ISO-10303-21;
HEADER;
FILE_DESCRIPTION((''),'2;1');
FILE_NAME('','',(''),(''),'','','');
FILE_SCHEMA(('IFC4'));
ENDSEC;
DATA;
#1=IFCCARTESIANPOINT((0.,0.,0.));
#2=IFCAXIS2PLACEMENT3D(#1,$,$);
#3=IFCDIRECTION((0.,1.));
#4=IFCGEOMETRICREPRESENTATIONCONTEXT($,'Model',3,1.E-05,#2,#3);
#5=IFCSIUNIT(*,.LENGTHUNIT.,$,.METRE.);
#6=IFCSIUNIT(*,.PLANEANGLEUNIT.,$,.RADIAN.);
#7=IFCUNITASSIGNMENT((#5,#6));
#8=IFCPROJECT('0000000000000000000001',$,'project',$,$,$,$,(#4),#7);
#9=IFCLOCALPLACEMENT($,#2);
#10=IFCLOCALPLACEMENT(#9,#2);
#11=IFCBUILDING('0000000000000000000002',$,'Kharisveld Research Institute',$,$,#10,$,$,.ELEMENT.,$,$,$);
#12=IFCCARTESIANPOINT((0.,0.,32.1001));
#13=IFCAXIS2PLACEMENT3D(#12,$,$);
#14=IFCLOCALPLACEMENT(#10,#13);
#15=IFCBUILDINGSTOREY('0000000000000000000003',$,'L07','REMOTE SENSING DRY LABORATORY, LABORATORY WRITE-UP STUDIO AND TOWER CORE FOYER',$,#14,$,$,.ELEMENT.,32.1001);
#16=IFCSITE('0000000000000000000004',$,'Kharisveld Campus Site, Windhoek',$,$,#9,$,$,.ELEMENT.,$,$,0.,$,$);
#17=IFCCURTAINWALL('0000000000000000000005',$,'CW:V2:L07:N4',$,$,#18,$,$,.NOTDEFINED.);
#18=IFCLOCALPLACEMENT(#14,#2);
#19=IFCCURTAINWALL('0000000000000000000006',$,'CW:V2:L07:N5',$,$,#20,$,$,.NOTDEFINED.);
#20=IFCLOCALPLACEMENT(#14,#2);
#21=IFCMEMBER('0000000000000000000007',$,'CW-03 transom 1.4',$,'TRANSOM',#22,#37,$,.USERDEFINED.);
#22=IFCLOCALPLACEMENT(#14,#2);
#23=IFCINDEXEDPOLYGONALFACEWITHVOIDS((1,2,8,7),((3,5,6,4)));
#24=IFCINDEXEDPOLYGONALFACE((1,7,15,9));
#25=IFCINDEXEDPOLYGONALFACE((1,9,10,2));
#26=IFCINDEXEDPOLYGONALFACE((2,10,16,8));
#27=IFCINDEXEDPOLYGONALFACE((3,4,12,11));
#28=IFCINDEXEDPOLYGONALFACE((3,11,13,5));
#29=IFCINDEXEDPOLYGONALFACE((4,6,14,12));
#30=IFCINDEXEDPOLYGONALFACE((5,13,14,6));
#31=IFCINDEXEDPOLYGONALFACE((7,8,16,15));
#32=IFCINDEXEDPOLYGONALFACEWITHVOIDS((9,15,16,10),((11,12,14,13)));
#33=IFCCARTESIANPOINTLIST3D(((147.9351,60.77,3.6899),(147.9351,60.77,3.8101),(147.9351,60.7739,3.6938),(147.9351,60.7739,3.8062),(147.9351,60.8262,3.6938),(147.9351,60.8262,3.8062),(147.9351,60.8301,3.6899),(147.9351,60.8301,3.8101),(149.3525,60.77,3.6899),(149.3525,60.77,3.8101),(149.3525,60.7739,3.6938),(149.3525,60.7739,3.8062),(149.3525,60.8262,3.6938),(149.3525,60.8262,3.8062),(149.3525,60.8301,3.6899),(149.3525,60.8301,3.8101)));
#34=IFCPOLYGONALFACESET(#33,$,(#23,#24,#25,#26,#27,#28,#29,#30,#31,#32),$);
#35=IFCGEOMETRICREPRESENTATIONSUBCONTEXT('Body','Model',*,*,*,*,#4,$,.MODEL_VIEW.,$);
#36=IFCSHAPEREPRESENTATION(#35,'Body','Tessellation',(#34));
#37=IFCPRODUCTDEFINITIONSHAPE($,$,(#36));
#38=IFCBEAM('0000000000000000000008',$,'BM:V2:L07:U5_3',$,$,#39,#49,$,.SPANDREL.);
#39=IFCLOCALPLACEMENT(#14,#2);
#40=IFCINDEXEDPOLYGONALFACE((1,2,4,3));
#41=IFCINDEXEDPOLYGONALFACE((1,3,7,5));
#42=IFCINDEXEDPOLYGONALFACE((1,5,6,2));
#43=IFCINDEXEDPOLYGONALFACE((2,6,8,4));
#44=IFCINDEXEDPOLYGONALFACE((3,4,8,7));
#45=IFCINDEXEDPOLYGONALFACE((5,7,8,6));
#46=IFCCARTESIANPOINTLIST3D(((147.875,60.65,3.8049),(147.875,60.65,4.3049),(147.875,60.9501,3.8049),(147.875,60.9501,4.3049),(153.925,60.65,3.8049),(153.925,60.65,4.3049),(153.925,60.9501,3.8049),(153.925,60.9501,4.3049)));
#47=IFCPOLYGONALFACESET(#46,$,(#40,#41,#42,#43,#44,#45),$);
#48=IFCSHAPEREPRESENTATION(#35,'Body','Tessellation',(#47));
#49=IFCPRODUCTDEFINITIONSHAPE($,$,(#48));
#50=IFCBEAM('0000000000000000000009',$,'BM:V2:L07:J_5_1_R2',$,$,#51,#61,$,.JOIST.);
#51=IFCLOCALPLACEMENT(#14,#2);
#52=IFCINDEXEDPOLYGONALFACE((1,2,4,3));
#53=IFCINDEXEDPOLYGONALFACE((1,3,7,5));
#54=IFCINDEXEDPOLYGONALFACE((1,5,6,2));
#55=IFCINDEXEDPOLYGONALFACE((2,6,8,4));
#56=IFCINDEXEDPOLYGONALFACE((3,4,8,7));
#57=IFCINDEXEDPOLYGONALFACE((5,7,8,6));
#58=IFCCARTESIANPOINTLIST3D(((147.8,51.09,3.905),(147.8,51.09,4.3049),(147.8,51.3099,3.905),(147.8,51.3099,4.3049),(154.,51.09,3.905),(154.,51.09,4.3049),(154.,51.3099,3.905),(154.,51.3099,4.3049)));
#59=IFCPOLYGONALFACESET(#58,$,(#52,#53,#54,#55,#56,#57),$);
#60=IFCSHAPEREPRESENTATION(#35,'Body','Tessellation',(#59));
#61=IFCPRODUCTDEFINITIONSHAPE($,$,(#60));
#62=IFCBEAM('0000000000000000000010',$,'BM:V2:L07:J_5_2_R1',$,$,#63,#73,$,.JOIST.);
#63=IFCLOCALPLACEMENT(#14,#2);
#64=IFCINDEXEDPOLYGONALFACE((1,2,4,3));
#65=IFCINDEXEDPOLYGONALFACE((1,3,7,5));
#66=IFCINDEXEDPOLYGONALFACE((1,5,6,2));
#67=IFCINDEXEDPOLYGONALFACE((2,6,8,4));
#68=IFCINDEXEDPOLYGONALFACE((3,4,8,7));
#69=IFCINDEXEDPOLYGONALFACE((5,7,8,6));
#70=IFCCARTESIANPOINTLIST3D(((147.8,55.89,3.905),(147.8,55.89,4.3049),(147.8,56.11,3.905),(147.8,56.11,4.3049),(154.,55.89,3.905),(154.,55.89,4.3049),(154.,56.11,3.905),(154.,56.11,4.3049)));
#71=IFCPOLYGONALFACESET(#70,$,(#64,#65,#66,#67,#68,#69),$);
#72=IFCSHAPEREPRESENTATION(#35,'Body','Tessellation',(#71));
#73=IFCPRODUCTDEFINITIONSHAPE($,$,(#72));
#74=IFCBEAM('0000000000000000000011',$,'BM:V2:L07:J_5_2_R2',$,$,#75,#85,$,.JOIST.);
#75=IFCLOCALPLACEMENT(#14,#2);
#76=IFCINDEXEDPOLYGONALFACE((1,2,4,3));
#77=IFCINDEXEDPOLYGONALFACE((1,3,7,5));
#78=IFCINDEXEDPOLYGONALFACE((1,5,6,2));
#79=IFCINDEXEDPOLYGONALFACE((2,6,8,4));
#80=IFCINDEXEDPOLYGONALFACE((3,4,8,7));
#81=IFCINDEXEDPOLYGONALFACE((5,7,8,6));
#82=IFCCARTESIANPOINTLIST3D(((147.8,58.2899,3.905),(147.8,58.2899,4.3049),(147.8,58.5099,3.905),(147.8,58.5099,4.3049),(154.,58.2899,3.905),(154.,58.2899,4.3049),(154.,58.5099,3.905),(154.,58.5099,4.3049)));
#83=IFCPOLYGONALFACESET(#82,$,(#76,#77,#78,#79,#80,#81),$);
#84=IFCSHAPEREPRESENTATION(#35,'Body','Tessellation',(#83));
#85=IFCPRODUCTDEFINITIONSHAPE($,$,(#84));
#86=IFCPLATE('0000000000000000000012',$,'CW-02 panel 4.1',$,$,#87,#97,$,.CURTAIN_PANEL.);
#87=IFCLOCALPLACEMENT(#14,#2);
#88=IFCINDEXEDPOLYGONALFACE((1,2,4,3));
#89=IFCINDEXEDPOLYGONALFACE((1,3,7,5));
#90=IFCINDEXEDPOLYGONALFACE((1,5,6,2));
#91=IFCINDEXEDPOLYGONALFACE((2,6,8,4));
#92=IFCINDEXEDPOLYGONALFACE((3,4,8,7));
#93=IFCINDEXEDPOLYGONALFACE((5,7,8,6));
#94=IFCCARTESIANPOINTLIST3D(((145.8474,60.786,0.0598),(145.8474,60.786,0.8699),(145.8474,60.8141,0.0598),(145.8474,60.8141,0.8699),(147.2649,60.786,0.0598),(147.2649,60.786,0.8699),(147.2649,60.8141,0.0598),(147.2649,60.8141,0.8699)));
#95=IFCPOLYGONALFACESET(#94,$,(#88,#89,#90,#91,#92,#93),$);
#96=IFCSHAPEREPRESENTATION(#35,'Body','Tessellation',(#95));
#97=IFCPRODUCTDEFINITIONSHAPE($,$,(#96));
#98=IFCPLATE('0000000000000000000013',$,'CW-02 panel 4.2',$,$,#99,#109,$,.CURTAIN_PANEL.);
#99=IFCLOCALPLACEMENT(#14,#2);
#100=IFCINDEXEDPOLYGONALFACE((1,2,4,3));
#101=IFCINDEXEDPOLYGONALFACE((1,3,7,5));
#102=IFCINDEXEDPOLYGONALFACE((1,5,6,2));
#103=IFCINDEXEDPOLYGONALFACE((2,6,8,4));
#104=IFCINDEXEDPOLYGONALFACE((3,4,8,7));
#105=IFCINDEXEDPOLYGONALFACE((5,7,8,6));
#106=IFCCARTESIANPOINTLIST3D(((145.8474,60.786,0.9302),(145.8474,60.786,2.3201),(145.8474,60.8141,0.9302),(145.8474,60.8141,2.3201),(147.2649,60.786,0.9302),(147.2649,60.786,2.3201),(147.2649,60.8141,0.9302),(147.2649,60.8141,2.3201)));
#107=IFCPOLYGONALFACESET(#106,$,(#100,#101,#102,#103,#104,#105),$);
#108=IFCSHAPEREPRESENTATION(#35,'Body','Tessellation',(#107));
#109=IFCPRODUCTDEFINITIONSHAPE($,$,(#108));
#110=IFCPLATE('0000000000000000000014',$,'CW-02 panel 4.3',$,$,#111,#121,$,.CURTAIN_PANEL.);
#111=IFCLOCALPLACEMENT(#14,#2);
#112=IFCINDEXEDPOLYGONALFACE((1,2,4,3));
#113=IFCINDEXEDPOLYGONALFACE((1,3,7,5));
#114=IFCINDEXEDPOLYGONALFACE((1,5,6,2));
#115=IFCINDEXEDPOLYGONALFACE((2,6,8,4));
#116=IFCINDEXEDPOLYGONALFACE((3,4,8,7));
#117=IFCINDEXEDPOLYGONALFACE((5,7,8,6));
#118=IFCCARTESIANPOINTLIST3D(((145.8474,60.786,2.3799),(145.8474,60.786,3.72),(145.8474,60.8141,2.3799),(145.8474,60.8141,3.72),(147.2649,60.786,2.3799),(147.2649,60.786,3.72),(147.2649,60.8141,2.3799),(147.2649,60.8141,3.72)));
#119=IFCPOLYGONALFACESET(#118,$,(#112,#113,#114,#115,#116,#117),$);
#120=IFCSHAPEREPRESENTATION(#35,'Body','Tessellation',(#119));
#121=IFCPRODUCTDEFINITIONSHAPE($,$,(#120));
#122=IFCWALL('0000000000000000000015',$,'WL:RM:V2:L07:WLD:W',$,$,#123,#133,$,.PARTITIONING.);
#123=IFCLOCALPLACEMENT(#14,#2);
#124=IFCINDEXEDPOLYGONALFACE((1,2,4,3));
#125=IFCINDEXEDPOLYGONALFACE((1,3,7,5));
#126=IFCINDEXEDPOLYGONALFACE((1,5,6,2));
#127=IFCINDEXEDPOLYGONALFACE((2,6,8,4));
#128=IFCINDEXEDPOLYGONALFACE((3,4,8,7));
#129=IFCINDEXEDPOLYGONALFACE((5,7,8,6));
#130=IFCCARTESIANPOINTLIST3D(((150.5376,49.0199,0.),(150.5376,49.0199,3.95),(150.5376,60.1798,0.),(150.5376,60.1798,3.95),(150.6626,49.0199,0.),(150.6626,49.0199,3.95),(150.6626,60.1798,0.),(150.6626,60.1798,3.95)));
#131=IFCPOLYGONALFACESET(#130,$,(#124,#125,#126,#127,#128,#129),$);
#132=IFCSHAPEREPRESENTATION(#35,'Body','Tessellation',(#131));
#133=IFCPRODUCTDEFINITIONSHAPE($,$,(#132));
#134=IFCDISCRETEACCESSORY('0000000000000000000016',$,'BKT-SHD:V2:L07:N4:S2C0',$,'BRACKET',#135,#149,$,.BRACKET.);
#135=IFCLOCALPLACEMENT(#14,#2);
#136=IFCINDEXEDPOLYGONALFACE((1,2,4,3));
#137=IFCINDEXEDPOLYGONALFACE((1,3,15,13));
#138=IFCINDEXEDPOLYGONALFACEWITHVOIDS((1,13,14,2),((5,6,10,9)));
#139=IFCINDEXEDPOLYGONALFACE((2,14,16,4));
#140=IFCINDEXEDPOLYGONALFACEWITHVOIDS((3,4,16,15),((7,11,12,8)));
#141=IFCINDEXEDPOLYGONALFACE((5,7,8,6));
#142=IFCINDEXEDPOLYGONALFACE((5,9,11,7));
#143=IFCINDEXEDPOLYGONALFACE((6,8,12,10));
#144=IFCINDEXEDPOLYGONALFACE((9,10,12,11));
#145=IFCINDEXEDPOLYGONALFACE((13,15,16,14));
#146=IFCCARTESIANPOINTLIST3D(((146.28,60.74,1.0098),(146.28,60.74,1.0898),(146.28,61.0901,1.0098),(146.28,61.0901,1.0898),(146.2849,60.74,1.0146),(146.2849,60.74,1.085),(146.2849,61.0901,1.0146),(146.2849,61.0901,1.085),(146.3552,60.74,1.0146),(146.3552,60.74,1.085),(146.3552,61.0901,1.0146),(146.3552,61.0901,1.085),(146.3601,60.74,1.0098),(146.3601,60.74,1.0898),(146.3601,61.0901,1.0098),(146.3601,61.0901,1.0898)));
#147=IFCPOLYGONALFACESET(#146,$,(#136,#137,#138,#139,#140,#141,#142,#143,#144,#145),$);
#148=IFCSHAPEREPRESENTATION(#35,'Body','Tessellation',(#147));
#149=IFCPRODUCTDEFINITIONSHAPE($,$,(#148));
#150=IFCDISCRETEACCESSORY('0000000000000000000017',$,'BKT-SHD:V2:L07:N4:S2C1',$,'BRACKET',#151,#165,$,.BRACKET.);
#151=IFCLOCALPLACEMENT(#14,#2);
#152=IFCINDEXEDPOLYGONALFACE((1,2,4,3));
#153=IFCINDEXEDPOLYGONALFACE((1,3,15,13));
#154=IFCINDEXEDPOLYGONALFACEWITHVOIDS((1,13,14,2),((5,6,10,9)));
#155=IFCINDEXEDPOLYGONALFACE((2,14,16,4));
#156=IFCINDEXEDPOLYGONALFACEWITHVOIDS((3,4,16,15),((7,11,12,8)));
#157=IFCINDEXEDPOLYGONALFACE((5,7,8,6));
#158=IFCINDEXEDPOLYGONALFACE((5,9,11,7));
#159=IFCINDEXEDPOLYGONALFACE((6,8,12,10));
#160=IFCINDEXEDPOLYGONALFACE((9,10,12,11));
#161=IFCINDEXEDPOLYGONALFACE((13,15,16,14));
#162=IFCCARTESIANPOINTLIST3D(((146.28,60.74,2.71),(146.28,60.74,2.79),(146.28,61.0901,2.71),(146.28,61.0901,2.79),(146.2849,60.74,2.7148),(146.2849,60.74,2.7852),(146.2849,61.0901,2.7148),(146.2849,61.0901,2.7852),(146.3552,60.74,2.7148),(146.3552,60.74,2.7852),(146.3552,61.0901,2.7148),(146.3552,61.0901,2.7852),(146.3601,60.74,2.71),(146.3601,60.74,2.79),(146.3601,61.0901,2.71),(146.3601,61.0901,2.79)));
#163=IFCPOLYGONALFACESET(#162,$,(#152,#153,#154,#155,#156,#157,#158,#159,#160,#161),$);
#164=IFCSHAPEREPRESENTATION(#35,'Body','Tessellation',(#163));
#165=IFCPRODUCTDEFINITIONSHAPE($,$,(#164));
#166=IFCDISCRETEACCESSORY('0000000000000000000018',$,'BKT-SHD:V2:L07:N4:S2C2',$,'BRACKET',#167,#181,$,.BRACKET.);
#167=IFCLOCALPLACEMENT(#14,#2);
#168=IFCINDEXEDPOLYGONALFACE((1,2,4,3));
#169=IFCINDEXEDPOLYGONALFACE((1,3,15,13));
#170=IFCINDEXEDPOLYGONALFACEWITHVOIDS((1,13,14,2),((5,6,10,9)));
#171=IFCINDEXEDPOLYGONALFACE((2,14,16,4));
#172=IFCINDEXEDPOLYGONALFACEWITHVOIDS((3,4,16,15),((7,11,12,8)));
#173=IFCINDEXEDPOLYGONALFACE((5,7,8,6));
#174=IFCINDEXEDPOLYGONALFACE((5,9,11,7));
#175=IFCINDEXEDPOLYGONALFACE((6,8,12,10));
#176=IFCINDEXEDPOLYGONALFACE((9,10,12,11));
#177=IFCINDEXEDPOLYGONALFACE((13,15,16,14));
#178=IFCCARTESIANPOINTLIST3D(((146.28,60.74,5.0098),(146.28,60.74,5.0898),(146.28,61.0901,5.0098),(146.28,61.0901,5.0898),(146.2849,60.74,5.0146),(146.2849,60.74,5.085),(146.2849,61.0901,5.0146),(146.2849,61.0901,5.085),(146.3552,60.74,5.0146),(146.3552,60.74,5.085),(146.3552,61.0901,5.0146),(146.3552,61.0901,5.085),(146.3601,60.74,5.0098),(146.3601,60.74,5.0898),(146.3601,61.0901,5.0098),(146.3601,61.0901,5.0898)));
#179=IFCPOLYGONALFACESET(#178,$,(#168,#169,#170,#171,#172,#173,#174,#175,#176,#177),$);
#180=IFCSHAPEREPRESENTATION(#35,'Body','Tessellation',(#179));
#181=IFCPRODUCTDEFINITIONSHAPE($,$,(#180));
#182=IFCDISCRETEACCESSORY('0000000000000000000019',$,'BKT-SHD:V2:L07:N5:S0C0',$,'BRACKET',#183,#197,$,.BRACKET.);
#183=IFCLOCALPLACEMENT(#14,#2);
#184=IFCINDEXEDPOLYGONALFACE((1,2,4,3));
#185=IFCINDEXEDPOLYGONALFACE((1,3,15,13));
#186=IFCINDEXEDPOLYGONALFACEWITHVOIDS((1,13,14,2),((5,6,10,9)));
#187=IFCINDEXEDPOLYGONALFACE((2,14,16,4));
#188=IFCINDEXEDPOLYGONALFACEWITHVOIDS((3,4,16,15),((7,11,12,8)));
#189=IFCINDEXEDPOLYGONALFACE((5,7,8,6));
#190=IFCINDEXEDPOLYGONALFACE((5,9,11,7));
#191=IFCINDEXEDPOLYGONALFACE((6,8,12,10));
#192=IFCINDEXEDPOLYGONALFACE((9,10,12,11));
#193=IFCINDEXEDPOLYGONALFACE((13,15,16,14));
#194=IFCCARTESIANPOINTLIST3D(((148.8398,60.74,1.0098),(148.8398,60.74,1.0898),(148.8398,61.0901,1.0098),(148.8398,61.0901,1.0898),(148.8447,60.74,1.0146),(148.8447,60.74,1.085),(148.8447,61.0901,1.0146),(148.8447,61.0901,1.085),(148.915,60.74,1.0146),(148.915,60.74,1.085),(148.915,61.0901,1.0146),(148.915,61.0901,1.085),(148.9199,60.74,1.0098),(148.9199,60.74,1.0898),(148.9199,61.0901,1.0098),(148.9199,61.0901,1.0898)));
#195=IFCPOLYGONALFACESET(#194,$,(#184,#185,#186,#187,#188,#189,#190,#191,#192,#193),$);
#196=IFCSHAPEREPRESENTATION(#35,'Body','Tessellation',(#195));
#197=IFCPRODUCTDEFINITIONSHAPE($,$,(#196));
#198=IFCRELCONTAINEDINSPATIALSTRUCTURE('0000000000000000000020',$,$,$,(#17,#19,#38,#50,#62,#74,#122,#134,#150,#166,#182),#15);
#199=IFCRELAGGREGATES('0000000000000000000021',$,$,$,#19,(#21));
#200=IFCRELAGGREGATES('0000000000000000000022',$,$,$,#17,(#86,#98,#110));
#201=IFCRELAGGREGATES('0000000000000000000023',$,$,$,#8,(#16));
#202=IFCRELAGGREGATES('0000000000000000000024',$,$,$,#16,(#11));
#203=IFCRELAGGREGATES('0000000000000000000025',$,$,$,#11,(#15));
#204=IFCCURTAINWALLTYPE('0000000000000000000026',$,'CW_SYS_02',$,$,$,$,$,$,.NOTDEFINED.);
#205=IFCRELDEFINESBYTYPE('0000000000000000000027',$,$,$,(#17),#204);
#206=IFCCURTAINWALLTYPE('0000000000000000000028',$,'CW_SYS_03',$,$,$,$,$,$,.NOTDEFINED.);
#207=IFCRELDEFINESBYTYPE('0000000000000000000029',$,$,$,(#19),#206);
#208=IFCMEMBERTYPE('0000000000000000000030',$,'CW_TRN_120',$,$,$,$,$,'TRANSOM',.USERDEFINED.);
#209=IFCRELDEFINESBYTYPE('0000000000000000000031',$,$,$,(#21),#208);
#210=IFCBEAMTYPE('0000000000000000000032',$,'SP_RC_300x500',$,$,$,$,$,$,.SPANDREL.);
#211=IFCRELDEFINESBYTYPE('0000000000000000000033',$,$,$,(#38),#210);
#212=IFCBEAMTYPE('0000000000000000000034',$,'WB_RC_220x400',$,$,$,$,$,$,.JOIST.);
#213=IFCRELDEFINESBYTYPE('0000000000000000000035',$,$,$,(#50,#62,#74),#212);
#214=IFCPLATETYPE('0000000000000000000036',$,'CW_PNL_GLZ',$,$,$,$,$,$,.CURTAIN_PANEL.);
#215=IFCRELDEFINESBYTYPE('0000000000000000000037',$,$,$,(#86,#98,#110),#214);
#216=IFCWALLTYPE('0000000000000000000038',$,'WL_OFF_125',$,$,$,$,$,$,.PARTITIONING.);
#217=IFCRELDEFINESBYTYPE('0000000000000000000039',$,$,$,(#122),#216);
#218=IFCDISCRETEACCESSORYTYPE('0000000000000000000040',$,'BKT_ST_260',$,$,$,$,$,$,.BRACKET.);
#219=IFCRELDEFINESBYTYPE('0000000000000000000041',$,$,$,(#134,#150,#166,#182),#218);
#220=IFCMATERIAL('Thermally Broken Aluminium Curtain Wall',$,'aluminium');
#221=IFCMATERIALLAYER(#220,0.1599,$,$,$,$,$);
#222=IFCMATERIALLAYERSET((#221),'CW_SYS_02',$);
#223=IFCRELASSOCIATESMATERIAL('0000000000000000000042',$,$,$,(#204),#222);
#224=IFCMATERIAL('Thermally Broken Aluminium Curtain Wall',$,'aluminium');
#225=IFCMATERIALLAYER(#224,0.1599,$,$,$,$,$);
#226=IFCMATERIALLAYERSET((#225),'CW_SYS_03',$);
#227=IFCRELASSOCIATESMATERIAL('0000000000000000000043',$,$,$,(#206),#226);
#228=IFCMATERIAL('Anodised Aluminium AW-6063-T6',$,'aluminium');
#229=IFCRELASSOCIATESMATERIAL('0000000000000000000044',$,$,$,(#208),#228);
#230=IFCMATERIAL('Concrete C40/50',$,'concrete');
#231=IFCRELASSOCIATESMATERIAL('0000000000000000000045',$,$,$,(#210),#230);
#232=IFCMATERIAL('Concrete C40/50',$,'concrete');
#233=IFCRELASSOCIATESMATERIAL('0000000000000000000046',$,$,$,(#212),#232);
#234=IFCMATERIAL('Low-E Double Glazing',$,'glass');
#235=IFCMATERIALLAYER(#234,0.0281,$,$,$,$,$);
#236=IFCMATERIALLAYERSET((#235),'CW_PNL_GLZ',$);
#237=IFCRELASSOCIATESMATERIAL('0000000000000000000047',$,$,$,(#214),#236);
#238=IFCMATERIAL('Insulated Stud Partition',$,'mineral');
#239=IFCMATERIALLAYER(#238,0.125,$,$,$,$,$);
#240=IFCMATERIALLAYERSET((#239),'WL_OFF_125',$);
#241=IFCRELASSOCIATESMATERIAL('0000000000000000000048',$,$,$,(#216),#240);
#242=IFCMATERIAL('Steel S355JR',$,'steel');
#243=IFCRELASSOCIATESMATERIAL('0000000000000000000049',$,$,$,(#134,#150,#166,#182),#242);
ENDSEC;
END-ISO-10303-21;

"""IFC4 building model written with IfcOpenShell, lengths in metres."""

from ifc_helpers import new_model, si_unit, direction, frame, frame_2d, origin, origin_2d, place, context, subcontext, project, spatial, rectangle, hollow_rectangle, extrude, material, layer, layer_set, material_profile, profile_set, type_object, element, aggregate, save


model = new_model("IFC4")

# Units and contexts
model_context = context("Model", 3, precision=1e-05, world=origin(), true_north=direction((0.0, 1.0)))
body_context = subcontext(model_context, "Body", "Model", "MODEL_VIEW")
ifc_project = project(units=[si_unit("LENGTHUNIT", "METRE"), si_unit("PLANEANGLEUNIT", "RADIAN")], contexts=[model_context])

# Site, building, storey
site_placement = place(None, origin())
site = spatial("IfcSite", under=ifc_project, at=site_placement, Name="Kharisveld Campus Site, Windhoek", CompositionType="ELEMENT", RefElevation=0.0)
building_placement = place(site_placement, origin())
building = spatial("IfcBuilding", under=site, at=building_placement, Name="Kharisveld Research Institute", CompositionType="ELEMENT")
storey_placement = place(building_placement, frame((0.0, 0.0, 32.1001)))
storey = spatial("IfcBuildingStorey", under=building, at=storey_placement, Name="L07", Description="REMOTE SENSING DRY LABORATORY, LABORATORY WRITE-UP STUDIO AND TOWER CORE FOYER", CompositionType="ELEMENT", Elevation=32.1001)

# Curtain walls
ifc_material_1 = material(Name="Thermally Broken Aluminium Curtain Wall", Category="aluminium")
ifc_layer_1 = layer(ifc_material_1, 0.1599)
ifc_layer_set_1 = layer_set([ifc_layer_1], Name="CW_SYS_02")
curtain_wall_type_1 = type_object("IfcCurtainWallType", Name="CW_SYS_02", PredefinedType="NOTDEFINED", material=ifc_layer_set_1)
curtain_wall_1_placement = place(storey_placement, origin())
curtain_wall_1 = element("IfcCurtainWall", 1, at=curtain_wall_1_placement, inside=storey, type_object=curtain_wall_type_1, Name="CW:V2:L07:N4", PredefinedType="NOTDEFINED")
ifc_material_2 = material(Name="Thermally Broken Aluminium Curtain Wall", Category="aluminium")
ifc_layer_2 = layer(ifc_material_2, 0.1599)
ifc_layer_set_2 = layer_set([ifc_layer_2], Name="CW_SYS_03")
curtain_wall_type_2 = type_object("IfcCurtainWallType", Name="CW_SYS_03", PredefinedType="NOTDEFINED", material=ifc_layer_set_2)
curtain_wall_2_placement = place(storey_placement, origin())
curtain_wall_2 = element("IfcCurtainWall", 2, at=curtain_wall_2_placement, inside=storey, type_object=curtain_wall_type_2, Name="CW:V2:L07:N5", PredefinedType="NOTDEFINED")

# Member
ifc_material_3 = material(Name="Anodised Aluminium AW-6063-T6", Category="aluminium")
ifc_material_profile_1 = material_profile(ifc_material_3, hollow_rectangle(XDim=0.0601, YDim=0.1201, WallThickness=0.0039, at=origin_2d()))
ifc_profile_set_1 = profile_set([ifc_material_profile_1], Name="Anodised Aluminium AW-6063-T6")
member_type_1 = type_object("IfcMemberType", Name="CW_TRN_120", ElementType="TRANSOM", PredefinedType="USERDEFINED", material=ifc_profile_set_1)
member_1_placement = place(storey_placement, frame((147.9351, 60.8, 3.75), z_axis=(1.0, 0.0, 0.0), x_axis=(0.0, 1.0, 0.0)))
member_1 = element("IfcMember", 3, at=member_1_placement, type_object=member_type_1, Name="CW-03 transom 1.4", ObjectType="TRANSOM", PredefinedType="USERDEFINED", context=body_context, shape_type="SweptSolid", body=[
    extrude(hollow_rectangle(XDim=0.0601, YDim=0.1201, WallThickness=0.0039, at=origin_2d()), origin(), (0.0, 0.0, 1.0), 1.4175),
])
aggregate(curtain_wall_2, [member_1])

# Beams
ifc_material_4 = material(Name="Concrete C40/50", Category="concrete")
ifc_material_profile_2 = material_profile(ifc_material_4, rectangle(XDim=0.3, YDim=0.5, at=origin_2d()))
ifc_profile_set_2 = profile_set([ifc_material_profile_2], Name="Concrete C40/50")
beam_type_1 = type_object("IfcBeamType", Name="SP_RC_300x500", PredefinedType="SPANDREL", material=ifc_profile_set_2)
beam_1_placement = place(storey_placement, frame((147.875, 60.8, 4.0549), z_axis=(1.0, 0.0, 0.0), x_axis=(0.0, 1.0, 0.0)))
element("IfcBeam", 4, at=beam_1_placement, inside=storey, type_object=beam_type_1, Name="BM:V2:L07:U5_3", PredefinedType="SPANDREL", context=body_context, shape_type="SweptSolid", body=[
    extrude(rectangle(XDim=0.3, YDim=0.5, at=origin_2d()), origin(), (0.0, 0.0, 1.0), 6.05),
])
ifc_material_5 = material(Name="Concrete C40/50", Category="concrete")
ifc_material_profile_3 = material_profile(ifc_material_5, rectangle(XDim=0.22, YDim=0.3999, at=origin_2d()))
ifc_profile_set_3 = profile_set([ifc_material_profile_3], Name="Concrete C40/50")
beam_type_2 = type_object("IfcBeamType", Name="WB_RC_220x400", PredefinedType="JOIST", material=ifc_profile_set_3)
for number, where, z_axis, x_axis, name in (
    (5, (147.8, 51.2, 4.105), (1.0, 0.0, 0.0), (0.0, 1.0, 0.0), "BM:V2:L07:J_5_1_R2"),
    (6, (147.8, 56.0, 4.105), (1.0, 0.0, 0.0), (0.0, 1.0, 0.0), "BM:V2:L07:J_5_2_R1"),
    (7, (147.8, 58.3999, 4.105), (1.0, 0.0, 0.0), (0.0, 1.0, 0.0), "BM:V2:L07:J_5_2_R2"),
):
    element("IfcBeam", number, at=place(storey_placement, frame(where, z_axis=z_axis, x_axis=x_axis)), inside=storey, type_object=beam_type_2, Name=name, PredefinedType="JOIST", context=body_context, shape_type="SweptSolid", body=[
        extrude(rectangle(XDim=0.22, YDim=0.3999, at=origin_2d()), origin(), (0.0, 0.0, 1.0), 6.2),
    ])

# Plates
ifc_material_6 = material(Name="Low-E Double Glazing", Category="glass")
ifc_layer_3 = layer(ifc_material_6, 0.0281)
ifc_layer_set_3 = layer_set([ifc_layer_3], Name="CW_PNL_GLZ")
plate_type = type_object("IfcPlateType", Name="CW_PNL_GLZ", PredefinedType="CURTAIN_PANEL", material=ifc_layer_set_3)
plate_1_placement = place(storey_placement, frame((146.5562, 60.8, 0.0598), z_axis=(0.0, 0.0, 1.0), x_axis=(1.0, 0.0, 0.0)))
plate_1 = element("IfcPlate", 8, at=plate_1_placement, type_object=plate_type, Name="CW-02 panel 4.1", PredefinedType="CURTAIN_PANEL", context=body_context, shape_type="SweptSolid", body=[
    extrude(rectangle(XDim=1.4175, YDim=0.0281, at=origin_2d()), origin(), (0.0, 0.0, 1.0), 0.8101),
])
plate_2_placement = place(storey_placement, frame((146.5562, 60.8, 0.9302), z_axis=(0.0, 0.0, 1.0), x_axis=(1.0, 0.0, 0.0)))
plate_2 = element("IfcPlate", 9, at=plate_2_placement, type_object=plate_type, Name="CW-02 panel 4.2", PredefinedType="CURTAIN_PANEL", context=body_context, shape_type="SweptSolid", body=[
    extrude(rectangle(XDim=1.4175, YDim=0.0281, at=origin_2d()), origin(), (0.0, 0.0, 1.0), 1.3899),
])
plate_3_placement = place(storey_placement, frame((146.5562, 60.8, 2.3799), z_axis=(0.0, 0.0, 1.0), x_axis=(1.0, 0.0, 0.0)))
plate_3 = element("IfcPlate", 10, at=plate_3_placement, type_object=plate_type, Name="CW-02 panel 4.3", PredefinedType="CURTAIN_PANEL", context=body_context, shape_type="SweptSolid", body=[
    extrude(rectangle(XDim=1.4175, YDim=0.0281, at=origin_2d()), origin(), (0.0, 0.0, 1.0), 1.3401),
])
aggregate(curtain_wall_1, [plate_1, plate_2, plate_3])

# Wall
ifc_material_7 = material(Name="Insulated Stud Partition", Category="mineral")
ifc_layer_4 = layer(ifc_material_7, 0.125)
ifc_layer_set_4 = layer_set([ifc_layer_4], Name="WL_OFF_125")
wall_type = type_object("IfcWallType", Name="WL_OFF_125", PredefinedType="PARTITIONING", material=ifc_layer_set_4)
wall_placement = place(storey_placement, frame((150.6001, 60.1799, 0.0), z_axis=(0.0, 0.0, 1.0), x_axis=(0.0, -1.0, 0.0)))
element("IfcWall", 11, at=wall_placement, inside=storey, type_object=wall_type, Name="WL:RM:V2:L07:WLD:W", PredefinedType="PARTITIONING", context=body_context, shape_type="SweptSolid", body=[
    extrude(rectangle(XDim=11.1599, YDim=0.125, at=frame_2d((5.5801, 0.0))), origin(), (0.0, 0.0, 1.0), 3.95),
])

# Discrete accessories
ifc_material_8 = material(Name="Steel S355JR", Category="steel")
discrete_accessory_type = type_object("IfcDiscreteAccessoryType", Name="BKT_ST_260", PredefinedType="BRACKET")
for number, where, z_axis, x_axis, name in (
    (12, (146.3201, 60.74, 1.0498), (0.0, 1.0, 0.0), (-1.0, 0.0, 0.0), "BKT-SHD:V2:L07:N4:S2C0"),
    (13, (146.3201, 60.74, 2.75), (0.0, 1.0, 0.0), (-1.0, 0.0, 0.0), "BKT-SHD:V2:L07:N4:S2C1"),
    (14, (146.3201, 60.74, 5.0498), (0.0, 1.0, 0.0), (-1.0, 0.0, 0.0), "BKT-SHD:V2:L07:N4:S2C2"),
    (15, (148.8799, 60.74, 1.0498), (0.0, 1.0, 0.0), (-1.0, 0.0, 0.0), "BKT-SHD:V2:L07:N5:S0C0"),
):
    element("IfcDiscreteAccessory", number, at=place(storey_placement, frame(where, z_axis=z_axis, x_axis=x_axis)), inside=storey, type_object=discrete_accessory_type, material=ifc_material_8, Name=name, ObjectType="BRACKET", PredefinedType="BRACKET", context=body_context, shape_type="SweptSolid", body=[
        extrude(hollow_rectangle(XDim=0.0801, YDim=0.0801, WallThickness=0.0049, at=origin_2d()), origin(), (0.0, 0.0, 1.0), 0.3501),
    ])

save(model, "model.ifc")
